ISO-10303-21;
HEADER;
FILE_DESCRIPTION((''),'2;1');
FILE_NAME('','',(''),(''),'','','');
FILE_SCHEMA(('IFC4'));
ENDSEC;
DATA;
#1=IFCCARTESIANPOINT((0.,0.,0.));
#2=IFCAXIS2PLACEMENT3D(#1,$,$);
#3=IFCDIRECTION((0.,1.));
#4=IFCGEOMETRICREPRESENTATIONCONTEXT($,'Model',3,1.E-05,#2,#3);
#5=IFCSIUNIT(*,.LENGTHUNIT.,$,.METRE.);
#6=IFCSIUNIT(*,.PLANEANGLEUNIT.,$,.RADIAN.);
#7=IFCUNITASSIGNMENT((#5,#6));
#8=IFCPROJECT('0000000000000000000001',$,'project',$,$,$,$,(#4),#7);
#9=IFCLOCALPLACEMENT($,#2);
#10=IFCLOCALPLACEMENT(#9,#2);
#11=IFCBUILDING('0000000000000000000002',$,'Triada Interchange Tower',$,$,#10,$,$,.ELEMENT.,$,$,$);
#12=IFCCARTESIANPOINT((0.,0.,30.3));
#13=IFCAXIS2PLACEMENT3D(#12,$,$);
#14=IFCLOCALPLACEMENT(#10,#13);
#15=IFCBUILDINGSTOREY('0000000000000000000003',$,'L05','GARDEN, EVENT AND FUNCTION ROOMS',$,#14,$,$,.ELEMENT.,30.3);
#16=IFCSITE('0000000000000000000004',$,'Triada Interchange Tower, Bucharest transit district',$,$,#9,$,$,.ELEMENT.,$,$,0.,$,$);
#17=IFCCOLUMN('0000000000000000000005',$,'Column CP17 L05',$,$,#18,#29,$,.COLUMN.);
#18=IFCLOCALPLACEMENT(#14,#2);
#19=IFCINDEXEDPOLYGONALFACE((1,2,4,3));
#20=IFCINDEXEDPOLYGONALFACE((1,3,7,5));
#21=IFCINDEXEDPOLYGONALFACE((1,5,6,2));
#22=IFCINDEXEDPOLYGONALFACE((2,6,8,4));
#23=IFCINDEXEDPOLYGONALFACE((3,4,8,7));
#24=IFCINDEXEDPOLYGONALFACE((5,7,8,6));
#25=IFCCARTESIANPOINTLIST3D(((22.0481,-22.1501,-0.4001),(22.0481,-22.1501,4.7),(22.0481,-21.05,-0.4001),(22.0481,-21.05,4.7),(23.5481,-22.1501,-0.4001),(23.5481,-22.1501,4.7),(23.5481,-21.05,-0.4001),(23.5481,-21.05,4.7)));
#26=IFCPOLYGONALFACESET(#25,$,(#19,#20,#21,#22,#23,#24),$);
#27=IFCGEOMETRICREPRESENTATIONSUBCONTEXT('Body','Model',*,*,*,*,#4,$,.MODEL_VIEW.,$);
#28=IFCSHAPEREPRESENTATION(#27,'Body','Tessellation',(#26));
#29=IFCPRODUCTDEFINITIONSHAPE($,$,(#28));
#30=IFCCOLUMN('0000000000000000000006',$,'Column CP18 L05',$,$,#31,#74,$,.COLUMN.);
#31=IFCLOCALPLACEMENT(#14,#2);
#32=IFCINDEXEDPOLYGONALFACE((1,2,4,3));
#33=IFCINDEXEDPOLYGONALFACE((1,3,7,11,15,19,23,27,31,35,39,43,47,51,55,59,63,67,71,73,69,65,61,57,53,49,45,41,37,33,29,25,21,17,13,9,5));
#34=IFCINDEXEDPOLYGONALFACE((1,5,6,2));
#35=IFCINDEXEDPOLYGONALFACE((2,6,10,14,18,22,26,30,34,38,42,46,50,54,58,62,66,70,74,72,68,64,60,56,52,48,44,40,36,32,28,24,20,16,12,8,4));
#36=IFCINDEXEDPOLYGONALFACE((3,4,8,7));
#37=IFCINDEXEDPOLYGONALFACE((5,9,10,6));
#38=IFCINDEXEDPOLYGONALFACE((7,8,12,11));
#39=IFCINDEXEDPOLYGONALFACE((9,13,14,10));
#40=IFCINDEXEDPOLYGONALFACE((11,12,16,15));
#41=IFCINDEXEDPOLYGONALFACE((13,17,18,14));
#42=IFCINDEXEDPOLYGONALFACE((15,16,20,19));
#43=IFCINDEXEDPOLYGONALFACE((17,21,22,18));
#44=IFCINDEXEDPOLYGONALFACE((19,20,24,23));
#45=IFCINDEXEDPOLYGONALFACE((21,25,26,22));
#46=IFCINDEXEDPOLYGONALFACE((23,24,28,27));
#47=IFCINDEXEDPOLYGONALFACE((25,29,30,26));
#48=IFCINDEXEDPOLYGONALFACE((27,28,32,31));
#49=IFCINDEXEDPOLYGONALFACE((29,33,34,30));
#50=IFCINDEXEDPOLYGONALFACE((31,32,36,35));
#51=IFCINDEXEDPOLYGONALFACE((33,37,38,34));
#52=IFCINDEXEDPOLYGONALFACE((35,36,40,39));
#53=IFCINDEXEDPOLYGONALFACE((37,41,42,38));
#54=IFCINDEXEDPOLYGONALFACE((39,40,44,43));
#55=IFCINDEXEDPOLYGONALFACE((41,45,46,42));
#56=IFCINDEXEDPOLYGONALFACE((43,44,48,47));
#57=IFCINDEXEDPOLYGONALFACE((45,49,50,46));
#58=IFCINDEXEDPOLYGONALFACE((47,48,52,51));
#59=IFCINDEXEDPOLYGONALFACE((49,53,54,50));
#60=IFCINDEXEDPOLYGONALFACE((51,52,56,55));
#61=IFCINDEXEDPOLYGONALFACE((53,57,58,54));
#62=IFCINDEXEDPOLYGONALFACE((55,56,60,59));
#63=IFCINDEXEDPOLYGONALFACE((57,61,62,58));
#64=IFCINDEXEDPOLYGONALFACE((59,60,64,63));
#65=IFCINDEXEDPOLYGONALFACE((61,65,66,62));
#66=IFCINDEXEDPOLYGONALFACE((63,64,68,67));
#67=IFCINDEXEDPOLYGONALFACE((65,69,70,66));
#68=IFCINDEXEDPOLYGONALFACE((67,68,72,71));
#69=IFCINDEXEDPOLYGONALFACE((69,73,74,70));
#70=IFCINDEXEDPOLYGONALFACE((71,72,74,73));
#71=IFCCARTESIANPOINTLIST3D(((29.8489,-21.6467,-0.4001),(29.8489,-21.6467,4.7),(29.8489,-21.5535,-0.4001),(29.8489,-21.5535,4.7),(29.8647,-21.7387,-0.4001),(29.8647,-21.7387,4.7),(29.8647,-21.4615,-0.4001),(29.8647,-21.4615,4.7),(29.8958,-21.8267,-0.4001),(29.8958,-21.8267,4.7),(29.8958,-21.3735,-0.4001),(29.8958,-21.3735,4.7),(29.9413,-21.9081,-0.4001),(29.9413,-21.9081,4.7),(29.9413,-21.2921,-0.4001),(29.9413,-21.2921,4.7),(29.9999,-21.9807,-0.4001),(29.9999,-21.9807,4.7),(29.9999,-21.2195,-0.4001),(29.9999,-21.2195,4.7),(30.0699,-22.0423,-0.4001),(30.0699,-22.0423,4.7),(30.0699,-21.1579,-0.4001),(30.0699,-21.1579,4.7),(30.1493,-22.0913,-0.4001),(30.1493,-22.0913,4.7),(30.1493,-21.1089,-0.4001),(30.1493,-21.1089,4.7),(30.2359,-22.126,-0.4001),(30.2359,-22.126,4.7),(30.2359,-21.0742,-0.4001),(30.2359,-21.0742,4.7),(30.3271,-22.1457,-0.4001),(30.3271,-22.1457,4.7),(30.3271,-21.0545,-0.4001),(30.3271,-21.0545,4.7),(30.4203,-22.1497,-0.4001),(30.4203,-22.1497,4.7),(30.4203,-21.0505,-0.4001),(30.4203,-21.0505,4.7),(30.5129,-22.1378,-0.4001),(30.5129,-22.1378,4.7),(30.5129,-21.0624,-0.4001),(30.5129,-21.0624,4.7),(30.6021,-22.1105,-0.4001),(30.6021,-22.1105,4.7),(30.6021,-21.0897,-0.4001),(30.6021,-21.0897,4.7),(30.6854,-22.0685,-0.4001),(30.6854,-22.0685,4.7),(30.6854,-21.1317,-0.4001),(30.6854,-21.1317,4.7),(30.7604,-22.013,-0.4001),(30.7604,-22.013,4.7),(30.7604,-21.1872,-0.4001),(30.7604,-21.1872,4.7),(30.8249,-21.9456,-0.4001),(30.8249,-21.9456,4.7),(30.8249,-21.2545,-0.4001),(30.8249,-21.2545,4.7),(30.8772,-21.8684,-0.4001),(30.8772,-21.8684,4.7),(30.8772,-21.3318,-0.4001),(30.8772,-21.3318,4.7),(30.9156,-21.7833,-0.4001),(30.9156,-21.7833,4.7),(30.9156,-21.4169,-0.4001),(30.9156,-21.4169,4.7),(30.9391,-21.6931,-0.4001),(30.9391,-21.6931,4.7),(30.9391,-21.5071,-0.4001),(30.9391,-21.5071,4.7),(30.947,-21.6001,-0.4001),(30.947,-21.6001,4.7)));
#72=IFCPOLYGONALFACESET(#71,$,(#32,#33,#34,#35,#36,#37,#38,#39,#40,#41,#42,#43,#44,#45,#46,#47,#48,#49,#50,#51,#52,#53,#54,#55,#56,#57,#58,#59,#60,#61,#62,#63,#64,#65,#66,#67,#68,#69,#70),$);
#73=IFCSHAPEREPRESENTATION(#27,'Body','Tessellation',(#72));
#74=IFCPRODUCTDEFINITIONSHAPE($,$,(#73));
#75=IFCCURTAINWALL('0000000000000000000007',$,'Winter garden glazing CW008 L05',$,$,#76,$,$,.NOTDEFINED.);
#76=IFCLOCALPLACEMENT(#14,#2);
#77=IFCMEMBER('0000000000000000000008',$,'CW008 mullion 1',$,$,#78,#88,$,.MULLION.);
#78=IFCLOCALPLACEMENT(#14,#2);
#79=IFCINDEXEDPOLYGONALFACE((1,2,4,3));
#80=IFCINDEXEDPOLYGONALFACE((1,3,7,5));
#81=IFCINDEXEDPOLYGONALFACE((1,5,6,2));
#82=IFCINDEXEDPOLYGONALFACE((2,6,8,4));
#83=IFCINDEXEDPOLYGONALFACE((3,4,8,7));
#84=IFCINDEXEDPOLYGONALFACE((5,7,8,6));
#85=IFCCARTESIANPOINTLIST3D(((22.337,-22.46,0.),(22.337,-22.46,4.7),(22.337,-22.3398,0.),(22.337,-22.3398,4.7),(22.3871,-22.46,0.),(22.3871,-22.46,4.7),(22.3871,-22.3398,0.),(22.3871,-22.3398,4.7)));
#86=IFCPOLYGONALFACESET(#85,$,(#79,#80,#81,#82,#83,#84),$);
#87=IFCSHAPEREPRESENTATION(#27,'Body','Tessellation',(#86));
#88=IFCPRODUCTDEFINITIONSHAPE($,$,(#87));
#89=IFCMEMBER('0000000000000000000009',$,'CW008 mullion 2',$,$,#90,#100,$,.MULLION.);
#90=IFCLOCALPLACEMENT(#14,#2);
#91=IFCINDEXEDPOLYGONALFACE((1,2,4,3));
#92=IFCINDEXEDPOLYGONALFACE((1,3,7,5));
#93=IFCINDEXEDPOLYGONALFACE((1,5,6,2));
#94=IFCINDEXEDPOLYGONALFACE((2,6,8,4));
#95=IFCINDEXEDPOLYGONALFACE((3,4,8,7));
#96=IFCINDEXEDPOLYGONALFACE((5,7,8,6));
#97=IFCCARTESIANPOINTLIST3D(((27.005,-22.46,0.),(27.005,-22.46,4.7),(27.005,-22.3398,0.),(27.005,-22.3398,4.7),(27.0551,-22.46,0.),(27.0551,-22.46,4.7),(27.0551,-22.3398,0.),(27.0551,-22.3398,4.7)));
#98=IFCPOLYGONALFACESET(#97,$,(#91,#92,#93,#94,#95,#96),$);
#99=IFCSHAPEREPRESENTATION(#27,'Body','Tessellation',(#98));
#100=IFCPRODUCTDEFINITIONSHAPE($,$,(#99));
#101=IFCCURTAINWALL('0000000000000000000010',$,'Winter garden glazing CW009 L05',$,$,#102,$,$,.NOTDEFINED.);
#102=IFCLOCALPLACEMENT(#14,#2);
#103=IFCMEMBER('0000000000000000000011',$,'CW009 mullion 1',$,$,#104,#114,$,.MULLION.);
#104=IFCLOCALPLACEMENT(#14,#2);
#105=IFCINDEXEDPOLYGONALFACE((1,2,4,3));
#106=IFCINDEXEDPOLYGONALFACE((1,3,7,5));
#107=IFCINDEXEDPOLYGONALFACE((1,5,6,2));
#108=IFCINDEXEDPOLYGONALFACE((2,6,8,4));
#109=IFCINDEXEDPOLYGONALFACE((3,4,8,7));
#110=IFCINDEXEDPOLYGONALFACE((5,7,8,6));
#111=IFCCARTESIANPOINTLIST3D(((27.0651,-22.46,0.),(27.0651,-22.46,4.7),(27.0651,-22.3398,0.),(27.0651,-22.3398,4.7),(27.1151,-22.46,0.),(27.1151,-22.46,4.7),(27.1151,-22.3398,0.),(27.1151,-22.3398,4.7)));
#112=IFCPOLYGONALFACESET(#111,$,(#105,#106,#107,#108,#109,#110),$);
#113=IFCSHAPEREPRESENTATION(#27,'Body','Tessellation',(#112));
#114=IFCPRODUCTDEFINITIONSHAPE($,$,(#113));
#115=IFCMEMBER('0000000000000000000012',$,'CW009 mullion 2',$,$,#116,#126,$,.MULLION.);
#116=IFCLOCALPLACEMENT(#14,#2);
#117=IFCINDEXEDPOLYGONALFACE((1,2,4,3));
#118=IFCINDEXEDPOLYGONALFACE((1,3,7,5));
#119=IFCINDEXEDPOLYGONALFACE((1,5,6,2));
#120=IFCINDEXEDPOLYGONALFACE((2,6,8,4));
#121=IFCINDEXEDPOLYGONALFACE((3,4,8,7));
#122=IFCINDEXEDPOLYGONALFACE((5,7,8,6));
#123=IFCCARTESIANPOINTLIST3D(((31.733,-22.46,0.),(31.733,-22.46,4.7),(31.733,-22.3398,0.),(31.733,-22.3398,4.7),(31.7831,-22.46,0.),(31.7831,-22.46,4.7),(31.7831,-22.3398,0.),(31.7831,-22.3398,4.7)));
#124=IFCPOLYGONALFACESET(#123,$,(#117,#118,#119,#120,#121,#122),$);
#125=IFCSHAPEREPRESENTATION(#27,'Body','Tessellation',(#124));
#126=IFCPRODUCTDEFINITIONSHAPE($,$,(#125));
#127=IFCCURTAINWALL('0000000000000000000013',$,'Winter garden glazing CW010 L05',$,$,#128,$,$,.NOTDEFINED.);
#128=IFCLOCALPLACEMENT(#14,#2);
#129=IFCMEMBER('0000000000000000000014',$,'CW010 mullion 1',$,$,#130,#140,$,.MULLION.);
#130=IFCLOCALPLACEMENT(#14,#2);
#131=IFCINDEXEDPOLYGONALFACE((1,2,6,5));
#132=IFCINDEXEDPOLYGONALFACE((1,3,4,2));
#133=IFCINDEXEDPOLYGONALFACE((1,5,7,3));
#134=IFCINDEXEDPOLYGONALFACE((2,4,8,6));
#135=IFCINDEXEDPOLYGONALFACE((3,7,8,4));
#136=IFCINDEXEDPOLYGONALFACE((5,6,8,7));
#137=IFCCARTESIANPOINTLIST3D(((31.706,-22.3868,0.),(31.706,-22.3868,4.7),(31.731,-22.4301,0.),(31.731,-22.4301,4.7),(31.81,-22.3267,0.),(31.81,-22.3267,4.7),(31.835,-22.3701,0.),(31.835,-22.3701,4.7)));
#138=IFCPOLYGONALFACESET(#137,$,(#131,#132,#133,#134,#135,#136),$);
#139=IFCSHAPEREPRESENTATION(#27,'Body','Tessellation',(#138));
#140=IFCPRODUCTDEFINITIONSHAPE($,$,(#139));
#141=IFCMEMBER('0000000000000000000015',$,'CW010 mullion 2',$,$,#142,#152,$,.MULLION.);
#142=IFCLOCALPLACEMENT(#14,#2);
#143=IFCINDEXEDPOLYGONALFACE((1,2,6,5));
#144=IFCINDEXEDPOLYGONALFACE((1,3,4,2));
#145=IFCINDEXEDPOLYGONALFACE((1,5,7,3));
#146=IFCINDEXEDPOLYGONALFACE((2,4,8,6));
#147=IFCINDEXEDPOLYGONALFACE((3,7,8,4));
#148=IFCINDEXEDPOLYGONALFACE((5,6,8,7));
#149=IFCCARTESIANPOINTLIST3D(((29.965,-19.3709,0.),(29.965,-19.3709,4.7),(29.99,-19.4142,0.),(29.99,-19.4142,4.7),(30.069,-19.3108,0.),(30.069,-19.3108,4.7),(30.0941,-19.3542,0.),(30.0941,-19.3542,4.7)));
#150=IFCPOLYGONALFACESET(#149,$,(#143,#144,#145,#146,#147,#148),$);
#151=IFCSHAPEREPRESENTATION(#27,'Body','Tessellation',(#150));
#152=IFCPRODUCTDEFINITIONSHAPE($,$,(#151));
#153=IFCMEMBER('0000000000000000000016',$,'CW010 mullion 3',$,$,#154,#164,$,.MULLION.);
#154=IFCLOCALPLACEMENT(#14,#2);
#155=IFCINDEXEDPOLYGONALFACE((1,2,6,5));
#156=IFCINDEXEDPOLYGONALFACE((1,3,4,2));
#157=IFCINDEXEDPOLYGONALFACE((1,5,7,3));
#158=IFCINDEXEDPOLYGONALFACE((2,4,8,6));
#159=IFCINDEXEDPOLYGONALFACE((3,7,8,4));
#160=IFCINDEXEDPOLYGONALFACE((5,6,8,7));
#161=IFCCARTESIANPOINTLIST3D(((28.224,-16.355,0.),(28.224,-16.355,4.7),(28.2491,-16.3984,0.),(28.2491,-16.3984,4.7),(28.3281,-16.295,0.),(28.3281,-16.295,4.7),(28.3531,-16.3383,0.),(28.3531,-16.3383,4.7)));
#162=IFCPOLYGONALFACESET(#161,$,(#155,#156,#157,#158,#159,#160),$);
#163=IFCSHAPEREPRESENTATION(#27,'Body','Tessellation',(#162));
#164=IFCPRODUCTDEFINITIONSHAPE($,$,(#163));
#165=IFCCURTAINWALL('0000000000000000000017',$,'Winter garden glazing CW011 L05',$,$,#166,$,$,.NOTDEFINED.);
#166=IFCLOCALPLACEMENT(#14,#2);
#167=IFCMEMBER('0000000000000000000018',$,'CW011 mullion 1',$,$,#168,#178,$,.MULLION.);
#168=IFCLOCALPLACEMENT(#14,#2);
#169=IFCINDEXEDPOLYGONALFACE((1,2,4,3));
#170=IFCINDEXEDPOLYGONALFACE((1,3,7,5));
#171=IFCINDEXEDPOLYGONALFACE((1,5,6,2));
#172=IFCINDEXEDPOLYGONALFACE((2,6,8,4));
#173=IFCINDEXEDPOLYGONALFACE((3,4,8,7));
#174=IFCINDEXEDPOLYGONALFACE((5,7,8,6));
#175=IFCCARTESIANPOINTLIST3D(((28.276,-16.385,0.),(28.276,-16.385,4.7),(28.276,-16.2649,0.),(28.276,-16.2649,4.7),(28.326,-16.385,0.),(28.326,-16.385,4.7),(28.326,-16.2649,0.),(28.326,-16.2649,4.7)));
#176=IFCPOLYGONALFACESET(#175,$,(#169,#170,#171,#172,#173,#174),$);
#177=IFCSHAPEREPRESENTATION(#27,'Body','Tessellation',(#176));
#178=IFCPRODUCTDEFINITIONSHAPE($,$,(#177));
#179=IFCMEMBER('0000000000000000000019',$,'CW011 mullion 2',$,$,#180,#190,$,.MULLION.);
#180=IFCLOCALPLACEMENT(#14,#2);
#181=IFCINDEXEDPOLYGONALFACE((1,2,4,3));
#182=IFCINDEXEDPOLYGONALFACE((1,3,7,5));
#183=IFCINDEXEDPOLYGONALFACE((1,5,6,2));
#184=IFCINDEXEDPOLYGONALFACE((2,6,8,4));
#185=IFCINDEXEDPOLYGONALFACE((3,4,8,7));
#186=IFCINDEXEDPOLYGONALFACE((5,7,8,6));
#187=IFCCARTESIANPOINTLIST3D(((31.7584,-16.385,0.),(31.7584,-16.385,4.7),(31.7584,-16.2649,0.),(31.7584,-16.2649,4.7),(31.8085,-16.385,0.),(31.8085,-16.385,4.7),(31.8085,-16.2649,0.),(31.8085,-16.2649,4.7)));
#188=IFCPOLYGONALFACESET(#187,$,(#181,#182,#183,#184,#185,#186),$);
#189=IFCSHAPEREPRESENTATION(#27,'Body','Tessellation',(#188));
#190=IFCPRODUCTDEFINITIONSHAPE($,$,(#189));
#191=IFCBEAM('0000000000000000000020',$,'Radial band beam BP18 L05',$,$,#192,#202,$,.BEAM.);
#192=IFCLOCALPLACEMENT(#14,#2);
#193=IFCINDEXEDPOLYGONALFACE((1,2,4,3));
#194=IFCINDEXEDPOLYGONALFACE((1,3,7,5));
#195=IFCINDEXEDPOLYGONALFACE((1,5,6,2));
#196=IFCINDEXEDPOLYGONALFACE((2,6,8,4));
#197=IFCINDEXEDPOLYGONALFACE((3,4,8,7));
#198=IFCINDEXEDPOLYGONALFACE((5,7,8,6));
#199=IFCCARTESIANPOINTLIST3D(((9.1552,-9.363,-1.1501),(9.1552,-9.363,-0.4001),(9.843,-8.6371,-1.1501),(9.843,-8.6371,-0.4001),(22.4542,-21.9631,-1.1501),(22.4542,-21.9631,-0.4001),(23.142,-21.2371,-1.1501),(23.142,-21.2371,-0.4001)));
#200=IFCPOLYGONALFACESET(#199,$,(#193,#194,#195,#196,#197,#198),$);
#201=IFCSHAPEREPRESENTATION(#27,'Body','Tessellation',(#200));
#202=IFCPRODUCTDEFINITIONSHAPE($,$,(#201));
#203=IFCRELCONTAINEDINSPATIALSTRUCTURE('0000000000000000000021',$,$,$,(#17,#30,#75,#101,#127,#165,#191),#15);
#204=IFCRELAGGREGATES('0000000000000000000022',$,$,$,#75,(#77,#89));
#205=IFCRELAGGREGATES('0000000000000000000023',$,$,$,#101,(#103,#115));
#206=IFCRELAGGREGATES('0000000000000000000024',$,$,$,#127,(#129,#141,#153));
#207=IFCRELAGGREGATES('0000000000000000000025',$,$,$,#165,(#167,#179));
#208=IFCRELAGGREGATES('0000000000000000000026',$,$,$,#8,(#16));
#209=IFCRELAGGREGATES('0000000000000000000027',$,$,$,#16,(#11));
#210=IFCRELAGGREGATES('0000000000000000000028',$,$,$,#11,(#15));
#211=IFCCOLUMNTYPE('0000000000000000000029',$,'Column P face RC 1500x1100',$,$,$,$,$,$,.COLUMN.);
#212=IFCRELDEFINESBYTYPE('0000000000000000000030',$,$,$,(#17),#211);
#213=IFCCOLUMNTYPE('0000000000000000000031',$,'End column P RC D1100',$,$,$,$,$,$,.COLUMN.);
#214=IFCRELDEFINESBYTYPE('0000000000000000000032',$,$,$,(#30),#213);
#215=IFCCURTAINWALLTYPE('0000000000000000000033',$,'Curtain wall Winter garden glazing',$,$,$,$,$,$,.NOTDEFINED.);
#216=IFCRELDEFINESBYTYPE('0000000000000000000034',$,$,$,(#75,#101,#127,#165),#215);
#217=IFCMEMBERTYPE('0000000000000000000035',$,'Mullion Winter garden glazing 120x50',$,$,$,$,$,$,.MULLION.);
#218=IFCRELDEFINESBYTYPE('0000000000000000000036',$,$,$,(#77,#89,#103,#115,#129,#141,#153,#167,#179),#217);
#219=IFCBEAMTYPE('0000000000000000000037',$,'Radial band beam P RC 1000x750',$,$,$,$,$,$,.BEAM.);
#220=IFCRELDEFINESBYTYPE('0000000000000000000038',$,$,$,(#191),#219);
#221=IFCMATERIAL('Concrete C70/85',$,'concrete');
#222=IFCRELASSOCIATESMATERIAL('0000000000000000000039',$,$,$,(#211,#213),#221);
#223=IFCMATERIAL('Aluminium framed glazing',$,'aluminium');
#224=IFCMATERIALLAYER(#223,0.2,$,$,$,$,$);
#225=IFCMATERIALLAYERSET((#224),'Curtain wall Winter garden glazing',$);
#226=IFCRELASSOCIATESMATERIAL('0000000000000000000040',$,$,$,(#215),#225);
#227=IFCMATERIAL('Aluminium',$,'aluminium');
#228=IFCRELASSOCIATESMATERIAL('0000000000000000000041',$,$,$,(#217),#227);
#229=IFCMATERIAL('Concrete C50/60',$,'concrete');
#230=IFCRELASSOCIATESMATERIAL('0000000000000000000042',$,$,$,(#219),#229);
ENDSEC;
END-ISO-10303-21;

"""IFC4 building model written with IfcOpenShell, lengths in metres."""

from ifc_helpers import new_model, si_unit, direction, frame, origin, origin_2d, place, context, subcontext, project, spatial, rectangle, circle, extrude, material, layer, layer_set, material_profile, profile_set, type_object, element, aggregate, save


model = new_model("IFC4")

# Units and contexts
model_context = context("Model", 3, precision=1e-05, world=origin(), true_north=direction((0.0, 1.0)))
body_context = subcontext(model_context, "Body", "Model", "MODEL_VIEW")
ifc_project = project(units=[si_unit("LENGTHUNIT", "METRE"), si_unit("PLANEANGLEUNIT", "RADIAN")], contexts=[model_context])

# Site, building, storey
site_placement = place(None, origin())
site = spatial("IfcSite", under=ifc_project, at=site_placement, Name="Triada Interchange Tower, Bucharest transit district", CompositionType="ELEMENT", RefElevation=0.0)
building_placement = place(site_placement, origin())
building = spatial("IfcBuilding", under=site, at=building_placement, Name="Triada Interchange Tower", CompositionType="ELEMENT")
storey_placement = place(building_placement, frame((0.0, 0.0, 30.3)))
storey = spatial("IfcBuildingStorey", under=building, at=storey_placement, Name="L05", Description="GARDEN, EVENT AND FUNCTION ROOMS", CompositionType="ELEMENT", Elevation=30.3)

# Columns
ifc_material_1 = material(Name="Concrete C70/85", Category="concrete")
ifc_material_profile_1 = material_profile(ifc_material_1, rectangle(XDim=1.5, YDim=1.1001, at=origin_2d()), Name="RC 1500x1100")
ifc_profile_set_1 = profile_set([ifc_material_profile_1], Name="Concrete C70/85")
column_type_1 = type_object("IfcColumnType", Name="Column P face RC 1500x1100", PredefinedType="COLUMN", material=ifc_profile_set_1)
column_1_placement = place(storey_placement, frame((22.7981, -21.6001, -0.4001), z_axis=(0.0, 0.0, 1.0), x_axis=(1.0, 0.0, 0.0)))
element("IfcColumn", 1, at=column_1_placement, inside=storey, type_object=column_type_1, Name="Column CP17 L05", PredefinedType="COLUMN", context=body_context, shape_type="SweptSolid", body=[
    extrude(rectangle(XDim=1.5, YDim=1.1001, at=origin_2d()), origin(), (0.0, 0.0, 1.0), 5.1001),
])
ifc_material_profile_2 = material_profile(ifc_material_1, circle(Radius=0.55, at=origin_2d()), Name="RC D1100")
ifc_profile_set_2 = profile_set([ifc_material_profile_2], Name="Concrete C70/85")
column_type_2 = type_object("IfcColumnType", Name="End column P RC D1100", PredefinedType="COLUMN", material=ifc_profile_set_2)
column_2_placement = place(storey_placement, frame((30.397, -21.6001, -0.4001), z_axis=(0.0, 0.0, 1.0), x_axis=(1.0, 0.0, 0.0)))
element("IfcColumn", 2, at=column_2_placement, inside=storey, type_object=column_type_2, Name="Column CP18 L05", PredefinedType="COLUMN", context=body_context, shape_type="SweptSolid", body=[
    extrude(circle(Radius=0.55, at=origin_2d()), origin(), (0.0, 0.0, 1.0), 5.1001),
])

# Curtain walls, members
ifc_material_2 = material(Name="Aluminium framed glazing", Category="aluminium")
ifc_layer_1 = layer(ifc_material_2, 0.2)
ifc_layer_set_1 = layer_set([ifc_layer_1], Name="Curtain wall Winter garden glazing")
curtain_wall_type = type_object("IfcCurtainWallType", Name="Curtain wall Winter garden glazing", PredefinedType="NOTDEFINED", material=ifc_layer_set_1)
curtain_wall_1_placement = place(storey_placement, origin())
curtain_wall_1 = element("IfcCurtainWall", 3, at=curtain_wall_1_placement, inside=storey, type_object=curtain_wall_type, Name="Winter garden glazing CW008 L05", PredefinedType="NOTDEFINED")
ifc_material_3 = material(Name="Aluminium", Category="aluminium")
ifc_material_profile_3 = material_profile(ifc_material_3, rectangle(XDim=0.1201, YDim=0.05, at=origin_2d()), Name="Aluminium mullion")
ifc_profile_set_3 = profile_set([ifc_material_profile_3], Name="Aluminium")
member_type_1 = type_object("IfcMemberType", Name="Mullion Winter garden glazing 120x50", PredefinedType="MULLION", material=ifc_profile_set_3)
member_1_placement = place(storey_placement, frame((22.3621, -22.3999, 0.0), z_axis=(0.0, 0.0, 1.0), x_axis=(0.0, 1.0, 0.0)))
member_1 = element("IfcMember", 4, at=member_1_placement, type_object=member_type_1, Name="CW008 mullion 1", PredefinedType="MULLION", context=body_context, shape_type="SweptSolid", body=[
    extrude(rectangle(XDim=0.1201, YDim=0.05, at=origin_2d()), origin(), (0.0, 0.0, 1.0), 4.7),
])
member_2_placement = place(storey_placement, frame((27.03, -22.3999, 0.0), z_axis=(0.0, 0.0, 1.0), x_axis=(0.0, 1.0, 0.0)))
member_2 = element("IfcMember", 5, at=member_2_placement, type_object=member_type_1, Name="CW008 mullion 2", PredefinedType="MULLION", context=body_context, shape_type="SweptSolid", body=[
    extrude(rectangle(XDim=0.1201, YDim=0.05, at=origin_2d()), origin(), (0.0, 0.0, 1.0), 4.7),
])
curtain_wall_2_placement = place(storey_placement, origin())
curtain_wall_2 = element("IfcCurtainWall", 6, at=curtain_wall_2_placement, inside=storey, type_object=curtain_wall_type, Name="Winter garden glazing CW009 L05", PredefinedType="NOTDEFINED")
member_3_placement = place(storey_placement, frame((27.0901, -22.3999, 0.0), z_axis=(0.0, 0.0, 1.0), x_axis=(0.0, 1.0, 0.0)))
member_3 = element("IfcMember", 7, at=member_3_placement, type_object=member_type_1, Name="CW009 mullion 1", PredefinedType="MULLION", context=body_context, shape_type="SweptSolid", body=[
    extrude(rectangle(XDim=0.1201, YDim=0.05, at=origin_2d()), origin(), (0.0, 0.0, 1.0), 4.7),
])
member_4_placement = place(storey_placement, frame((31.7581, -22.3999, 0.0), z_axis=(0.0, 0.0, 1.0), x_axis=(0.0, 1.0, 0.0)))
member_4 = element("IfcMember", 8, at=member_4_placement, type_object=member_type_1, Name="CW009 mullion 2", PredefinedType="MULLION", context=body_context, shape_type="SweptSolid", body=[
    extrude(rectangle(XDim=0.1201, YDim=0.05, at=origin_2d()), origin(), (0.0, 0.0, 1.0), 4.7),
])
curtain_wall_3_placement = place(storey_placement, origin())
curtain_wall_3 = element("IfcCurtainWall", 9, at=curtain_wall_3_placement, inside=storey, type_object=curtain_wall_type, Name="Winter garden glazing CW010 L05", PredefinedType="NOTDEFINED")
member_5_placement = place(storey_placement, frame((31.7705, -22.3784, 0.0), z_axis=(0.0, 0.0, 1.0), x_axis=(-0.86605, -0.499957, 0.0)))
member_5 = element("IfcMember", 10, at=member_5_placement, type_object=member_type_1, Name="CW010 mullion 1", PredefinedType="MULLION", context=body_context, shape_type="SweptSolid", body=[
    extrude(rectangle(XDim=0.1201, YDim=0.05, at=origin_2d()), origin(), (0.0, 0.0, 1.0), 4.7),
])
member_6_placement = place(storey_placement, frame((30.0295, -19.3625, 0.0), z_axis=(0.0, 0.0, 1.0), x_axis=(-0.86605, -0.499957, 0.0)))
member_6 = element("IfcMember", 11, at=member_6_placement, type_object=member_type_1, Name="CW010 mullion 2", PredefinedType="MULLION", context=body_context, shape_type="SweptSolid", body=[
    extrude(rectangle(XDim=0.1201, YDim=0.05, at=origin_2d()), origin(), (0.0, 0.0, 1.0), 4.7),
])
member_7_placement = place(storey_placement, frame((28.2886, -16.3467, 0.0), z_axis=(0.0, 0.0, 1.0), x_axis=(-0.86605, -0.499957, 0.0)))
member_7 = element("IfcMember", 12, at=member_7_placement, type_object=member_type_1, Name="CW010 mullion 3", PredefinedType="MULLION", context=body_context, shape_type="SweptSolid", body=[
    extrude(rectangle(XDim=0.1201, YDim=0.05, at=origin_2d()), origin(), (0.0, 0.0, 1.0), 4.7),
])
curtain_wall_4_placement = place(storey_placement, origin())
curtain_wall_4 = element("IfcCurtainWall", 13, at=curtain_wall_4_placement, inside=storey, type_object=curtain_wall_type, Name="Winter garden glazing CW011 L05", PredefinedType="NOTDEFINED")
member_8_placement = place(storey_placement, frame((28.301, -16.325, 0.0), z_axis=(0.0, 0.0, 1.0), x_axis=(0.0, 1.0, 0.0)))
member_8 = element("IfcMember", 14, at=member_8_placement, type_object=member_type_1, Name="CW011 mullion 1", PredefinedType="MULLION", context=body_context, shape_type="SweptSolid", body=[
    extrude(rectangle(XDim=0.1201, YDim=0.05, at=origin_2d()), origin(), (0.0, 0.0, 1.0), 4.7),
])
member_9_placement = place(storey_placement, frame((31.7834, -16.325, 0.0), z_axis=(0.0, 0.0, 1.0), x_axis=(0.0, 1.0, 0.0)))
member_9 = element("IfcMember", 15, at=member_9_placement, type_object=member_type_1, Name="CW011 mullion 2", PredefinedType="MULLION", context=body_context, shape_type="SweptSolid", body=[
    extrude(rectangle(XDim=0.1201, YDim=0.05, at=origin_2d()), origin(), (0.0, 0.0, 1.0), 4.7),
])

# Beam
ifc_material_4 = material(Name="Concrete C50/60", Category="concrete")
ifc_material_profile_4 = material_profile(ifc_material_4, rectangle(XDim=1.0, YDim=0.75, at=origin_2d()), Name="RC 1000x750")
ifc_profile_set_4 = profile_set([ifc_material_profile_4], Name="Concrete C50/60")
beam_type_1 = type_object("IfcBeamType", Name="Radial band beam P RC 1000x750", PredefinedType="BEAM", material=ifc_profile_set_4)
beam_1_placement = place(storey_placement, frame((22.7981, -21.6001, -0.7751), z_axis=(-0.725926, 0.687773, 0.0), x_axis=(-0.687773, -0.725926, 0.0)))
element("IfcBeam", 16, at=beam_1_placement, inside=storey, type_object=beam_type_1, Name="Radial band beam BP18 L05", PredefinedType="BEAM", context=body_context, shape_type="SweptSolid", body=[
    extrude(rectangle(XDim=1.0, YDim=0.75, at=origin_2d()), origin(), (0.0, 0.0, 1.0), 18.3201),
])

aggregate(curtain_wall_1, [member_1, member_2])
aggregate(curtain_wall_2, [member_3, member_4])
aggregate(curtain_wall_3, [member_5, member_6, member_7])
aggregate(curtain_wall_4, [member_8, member_9])

save(model, "model.ifc")
